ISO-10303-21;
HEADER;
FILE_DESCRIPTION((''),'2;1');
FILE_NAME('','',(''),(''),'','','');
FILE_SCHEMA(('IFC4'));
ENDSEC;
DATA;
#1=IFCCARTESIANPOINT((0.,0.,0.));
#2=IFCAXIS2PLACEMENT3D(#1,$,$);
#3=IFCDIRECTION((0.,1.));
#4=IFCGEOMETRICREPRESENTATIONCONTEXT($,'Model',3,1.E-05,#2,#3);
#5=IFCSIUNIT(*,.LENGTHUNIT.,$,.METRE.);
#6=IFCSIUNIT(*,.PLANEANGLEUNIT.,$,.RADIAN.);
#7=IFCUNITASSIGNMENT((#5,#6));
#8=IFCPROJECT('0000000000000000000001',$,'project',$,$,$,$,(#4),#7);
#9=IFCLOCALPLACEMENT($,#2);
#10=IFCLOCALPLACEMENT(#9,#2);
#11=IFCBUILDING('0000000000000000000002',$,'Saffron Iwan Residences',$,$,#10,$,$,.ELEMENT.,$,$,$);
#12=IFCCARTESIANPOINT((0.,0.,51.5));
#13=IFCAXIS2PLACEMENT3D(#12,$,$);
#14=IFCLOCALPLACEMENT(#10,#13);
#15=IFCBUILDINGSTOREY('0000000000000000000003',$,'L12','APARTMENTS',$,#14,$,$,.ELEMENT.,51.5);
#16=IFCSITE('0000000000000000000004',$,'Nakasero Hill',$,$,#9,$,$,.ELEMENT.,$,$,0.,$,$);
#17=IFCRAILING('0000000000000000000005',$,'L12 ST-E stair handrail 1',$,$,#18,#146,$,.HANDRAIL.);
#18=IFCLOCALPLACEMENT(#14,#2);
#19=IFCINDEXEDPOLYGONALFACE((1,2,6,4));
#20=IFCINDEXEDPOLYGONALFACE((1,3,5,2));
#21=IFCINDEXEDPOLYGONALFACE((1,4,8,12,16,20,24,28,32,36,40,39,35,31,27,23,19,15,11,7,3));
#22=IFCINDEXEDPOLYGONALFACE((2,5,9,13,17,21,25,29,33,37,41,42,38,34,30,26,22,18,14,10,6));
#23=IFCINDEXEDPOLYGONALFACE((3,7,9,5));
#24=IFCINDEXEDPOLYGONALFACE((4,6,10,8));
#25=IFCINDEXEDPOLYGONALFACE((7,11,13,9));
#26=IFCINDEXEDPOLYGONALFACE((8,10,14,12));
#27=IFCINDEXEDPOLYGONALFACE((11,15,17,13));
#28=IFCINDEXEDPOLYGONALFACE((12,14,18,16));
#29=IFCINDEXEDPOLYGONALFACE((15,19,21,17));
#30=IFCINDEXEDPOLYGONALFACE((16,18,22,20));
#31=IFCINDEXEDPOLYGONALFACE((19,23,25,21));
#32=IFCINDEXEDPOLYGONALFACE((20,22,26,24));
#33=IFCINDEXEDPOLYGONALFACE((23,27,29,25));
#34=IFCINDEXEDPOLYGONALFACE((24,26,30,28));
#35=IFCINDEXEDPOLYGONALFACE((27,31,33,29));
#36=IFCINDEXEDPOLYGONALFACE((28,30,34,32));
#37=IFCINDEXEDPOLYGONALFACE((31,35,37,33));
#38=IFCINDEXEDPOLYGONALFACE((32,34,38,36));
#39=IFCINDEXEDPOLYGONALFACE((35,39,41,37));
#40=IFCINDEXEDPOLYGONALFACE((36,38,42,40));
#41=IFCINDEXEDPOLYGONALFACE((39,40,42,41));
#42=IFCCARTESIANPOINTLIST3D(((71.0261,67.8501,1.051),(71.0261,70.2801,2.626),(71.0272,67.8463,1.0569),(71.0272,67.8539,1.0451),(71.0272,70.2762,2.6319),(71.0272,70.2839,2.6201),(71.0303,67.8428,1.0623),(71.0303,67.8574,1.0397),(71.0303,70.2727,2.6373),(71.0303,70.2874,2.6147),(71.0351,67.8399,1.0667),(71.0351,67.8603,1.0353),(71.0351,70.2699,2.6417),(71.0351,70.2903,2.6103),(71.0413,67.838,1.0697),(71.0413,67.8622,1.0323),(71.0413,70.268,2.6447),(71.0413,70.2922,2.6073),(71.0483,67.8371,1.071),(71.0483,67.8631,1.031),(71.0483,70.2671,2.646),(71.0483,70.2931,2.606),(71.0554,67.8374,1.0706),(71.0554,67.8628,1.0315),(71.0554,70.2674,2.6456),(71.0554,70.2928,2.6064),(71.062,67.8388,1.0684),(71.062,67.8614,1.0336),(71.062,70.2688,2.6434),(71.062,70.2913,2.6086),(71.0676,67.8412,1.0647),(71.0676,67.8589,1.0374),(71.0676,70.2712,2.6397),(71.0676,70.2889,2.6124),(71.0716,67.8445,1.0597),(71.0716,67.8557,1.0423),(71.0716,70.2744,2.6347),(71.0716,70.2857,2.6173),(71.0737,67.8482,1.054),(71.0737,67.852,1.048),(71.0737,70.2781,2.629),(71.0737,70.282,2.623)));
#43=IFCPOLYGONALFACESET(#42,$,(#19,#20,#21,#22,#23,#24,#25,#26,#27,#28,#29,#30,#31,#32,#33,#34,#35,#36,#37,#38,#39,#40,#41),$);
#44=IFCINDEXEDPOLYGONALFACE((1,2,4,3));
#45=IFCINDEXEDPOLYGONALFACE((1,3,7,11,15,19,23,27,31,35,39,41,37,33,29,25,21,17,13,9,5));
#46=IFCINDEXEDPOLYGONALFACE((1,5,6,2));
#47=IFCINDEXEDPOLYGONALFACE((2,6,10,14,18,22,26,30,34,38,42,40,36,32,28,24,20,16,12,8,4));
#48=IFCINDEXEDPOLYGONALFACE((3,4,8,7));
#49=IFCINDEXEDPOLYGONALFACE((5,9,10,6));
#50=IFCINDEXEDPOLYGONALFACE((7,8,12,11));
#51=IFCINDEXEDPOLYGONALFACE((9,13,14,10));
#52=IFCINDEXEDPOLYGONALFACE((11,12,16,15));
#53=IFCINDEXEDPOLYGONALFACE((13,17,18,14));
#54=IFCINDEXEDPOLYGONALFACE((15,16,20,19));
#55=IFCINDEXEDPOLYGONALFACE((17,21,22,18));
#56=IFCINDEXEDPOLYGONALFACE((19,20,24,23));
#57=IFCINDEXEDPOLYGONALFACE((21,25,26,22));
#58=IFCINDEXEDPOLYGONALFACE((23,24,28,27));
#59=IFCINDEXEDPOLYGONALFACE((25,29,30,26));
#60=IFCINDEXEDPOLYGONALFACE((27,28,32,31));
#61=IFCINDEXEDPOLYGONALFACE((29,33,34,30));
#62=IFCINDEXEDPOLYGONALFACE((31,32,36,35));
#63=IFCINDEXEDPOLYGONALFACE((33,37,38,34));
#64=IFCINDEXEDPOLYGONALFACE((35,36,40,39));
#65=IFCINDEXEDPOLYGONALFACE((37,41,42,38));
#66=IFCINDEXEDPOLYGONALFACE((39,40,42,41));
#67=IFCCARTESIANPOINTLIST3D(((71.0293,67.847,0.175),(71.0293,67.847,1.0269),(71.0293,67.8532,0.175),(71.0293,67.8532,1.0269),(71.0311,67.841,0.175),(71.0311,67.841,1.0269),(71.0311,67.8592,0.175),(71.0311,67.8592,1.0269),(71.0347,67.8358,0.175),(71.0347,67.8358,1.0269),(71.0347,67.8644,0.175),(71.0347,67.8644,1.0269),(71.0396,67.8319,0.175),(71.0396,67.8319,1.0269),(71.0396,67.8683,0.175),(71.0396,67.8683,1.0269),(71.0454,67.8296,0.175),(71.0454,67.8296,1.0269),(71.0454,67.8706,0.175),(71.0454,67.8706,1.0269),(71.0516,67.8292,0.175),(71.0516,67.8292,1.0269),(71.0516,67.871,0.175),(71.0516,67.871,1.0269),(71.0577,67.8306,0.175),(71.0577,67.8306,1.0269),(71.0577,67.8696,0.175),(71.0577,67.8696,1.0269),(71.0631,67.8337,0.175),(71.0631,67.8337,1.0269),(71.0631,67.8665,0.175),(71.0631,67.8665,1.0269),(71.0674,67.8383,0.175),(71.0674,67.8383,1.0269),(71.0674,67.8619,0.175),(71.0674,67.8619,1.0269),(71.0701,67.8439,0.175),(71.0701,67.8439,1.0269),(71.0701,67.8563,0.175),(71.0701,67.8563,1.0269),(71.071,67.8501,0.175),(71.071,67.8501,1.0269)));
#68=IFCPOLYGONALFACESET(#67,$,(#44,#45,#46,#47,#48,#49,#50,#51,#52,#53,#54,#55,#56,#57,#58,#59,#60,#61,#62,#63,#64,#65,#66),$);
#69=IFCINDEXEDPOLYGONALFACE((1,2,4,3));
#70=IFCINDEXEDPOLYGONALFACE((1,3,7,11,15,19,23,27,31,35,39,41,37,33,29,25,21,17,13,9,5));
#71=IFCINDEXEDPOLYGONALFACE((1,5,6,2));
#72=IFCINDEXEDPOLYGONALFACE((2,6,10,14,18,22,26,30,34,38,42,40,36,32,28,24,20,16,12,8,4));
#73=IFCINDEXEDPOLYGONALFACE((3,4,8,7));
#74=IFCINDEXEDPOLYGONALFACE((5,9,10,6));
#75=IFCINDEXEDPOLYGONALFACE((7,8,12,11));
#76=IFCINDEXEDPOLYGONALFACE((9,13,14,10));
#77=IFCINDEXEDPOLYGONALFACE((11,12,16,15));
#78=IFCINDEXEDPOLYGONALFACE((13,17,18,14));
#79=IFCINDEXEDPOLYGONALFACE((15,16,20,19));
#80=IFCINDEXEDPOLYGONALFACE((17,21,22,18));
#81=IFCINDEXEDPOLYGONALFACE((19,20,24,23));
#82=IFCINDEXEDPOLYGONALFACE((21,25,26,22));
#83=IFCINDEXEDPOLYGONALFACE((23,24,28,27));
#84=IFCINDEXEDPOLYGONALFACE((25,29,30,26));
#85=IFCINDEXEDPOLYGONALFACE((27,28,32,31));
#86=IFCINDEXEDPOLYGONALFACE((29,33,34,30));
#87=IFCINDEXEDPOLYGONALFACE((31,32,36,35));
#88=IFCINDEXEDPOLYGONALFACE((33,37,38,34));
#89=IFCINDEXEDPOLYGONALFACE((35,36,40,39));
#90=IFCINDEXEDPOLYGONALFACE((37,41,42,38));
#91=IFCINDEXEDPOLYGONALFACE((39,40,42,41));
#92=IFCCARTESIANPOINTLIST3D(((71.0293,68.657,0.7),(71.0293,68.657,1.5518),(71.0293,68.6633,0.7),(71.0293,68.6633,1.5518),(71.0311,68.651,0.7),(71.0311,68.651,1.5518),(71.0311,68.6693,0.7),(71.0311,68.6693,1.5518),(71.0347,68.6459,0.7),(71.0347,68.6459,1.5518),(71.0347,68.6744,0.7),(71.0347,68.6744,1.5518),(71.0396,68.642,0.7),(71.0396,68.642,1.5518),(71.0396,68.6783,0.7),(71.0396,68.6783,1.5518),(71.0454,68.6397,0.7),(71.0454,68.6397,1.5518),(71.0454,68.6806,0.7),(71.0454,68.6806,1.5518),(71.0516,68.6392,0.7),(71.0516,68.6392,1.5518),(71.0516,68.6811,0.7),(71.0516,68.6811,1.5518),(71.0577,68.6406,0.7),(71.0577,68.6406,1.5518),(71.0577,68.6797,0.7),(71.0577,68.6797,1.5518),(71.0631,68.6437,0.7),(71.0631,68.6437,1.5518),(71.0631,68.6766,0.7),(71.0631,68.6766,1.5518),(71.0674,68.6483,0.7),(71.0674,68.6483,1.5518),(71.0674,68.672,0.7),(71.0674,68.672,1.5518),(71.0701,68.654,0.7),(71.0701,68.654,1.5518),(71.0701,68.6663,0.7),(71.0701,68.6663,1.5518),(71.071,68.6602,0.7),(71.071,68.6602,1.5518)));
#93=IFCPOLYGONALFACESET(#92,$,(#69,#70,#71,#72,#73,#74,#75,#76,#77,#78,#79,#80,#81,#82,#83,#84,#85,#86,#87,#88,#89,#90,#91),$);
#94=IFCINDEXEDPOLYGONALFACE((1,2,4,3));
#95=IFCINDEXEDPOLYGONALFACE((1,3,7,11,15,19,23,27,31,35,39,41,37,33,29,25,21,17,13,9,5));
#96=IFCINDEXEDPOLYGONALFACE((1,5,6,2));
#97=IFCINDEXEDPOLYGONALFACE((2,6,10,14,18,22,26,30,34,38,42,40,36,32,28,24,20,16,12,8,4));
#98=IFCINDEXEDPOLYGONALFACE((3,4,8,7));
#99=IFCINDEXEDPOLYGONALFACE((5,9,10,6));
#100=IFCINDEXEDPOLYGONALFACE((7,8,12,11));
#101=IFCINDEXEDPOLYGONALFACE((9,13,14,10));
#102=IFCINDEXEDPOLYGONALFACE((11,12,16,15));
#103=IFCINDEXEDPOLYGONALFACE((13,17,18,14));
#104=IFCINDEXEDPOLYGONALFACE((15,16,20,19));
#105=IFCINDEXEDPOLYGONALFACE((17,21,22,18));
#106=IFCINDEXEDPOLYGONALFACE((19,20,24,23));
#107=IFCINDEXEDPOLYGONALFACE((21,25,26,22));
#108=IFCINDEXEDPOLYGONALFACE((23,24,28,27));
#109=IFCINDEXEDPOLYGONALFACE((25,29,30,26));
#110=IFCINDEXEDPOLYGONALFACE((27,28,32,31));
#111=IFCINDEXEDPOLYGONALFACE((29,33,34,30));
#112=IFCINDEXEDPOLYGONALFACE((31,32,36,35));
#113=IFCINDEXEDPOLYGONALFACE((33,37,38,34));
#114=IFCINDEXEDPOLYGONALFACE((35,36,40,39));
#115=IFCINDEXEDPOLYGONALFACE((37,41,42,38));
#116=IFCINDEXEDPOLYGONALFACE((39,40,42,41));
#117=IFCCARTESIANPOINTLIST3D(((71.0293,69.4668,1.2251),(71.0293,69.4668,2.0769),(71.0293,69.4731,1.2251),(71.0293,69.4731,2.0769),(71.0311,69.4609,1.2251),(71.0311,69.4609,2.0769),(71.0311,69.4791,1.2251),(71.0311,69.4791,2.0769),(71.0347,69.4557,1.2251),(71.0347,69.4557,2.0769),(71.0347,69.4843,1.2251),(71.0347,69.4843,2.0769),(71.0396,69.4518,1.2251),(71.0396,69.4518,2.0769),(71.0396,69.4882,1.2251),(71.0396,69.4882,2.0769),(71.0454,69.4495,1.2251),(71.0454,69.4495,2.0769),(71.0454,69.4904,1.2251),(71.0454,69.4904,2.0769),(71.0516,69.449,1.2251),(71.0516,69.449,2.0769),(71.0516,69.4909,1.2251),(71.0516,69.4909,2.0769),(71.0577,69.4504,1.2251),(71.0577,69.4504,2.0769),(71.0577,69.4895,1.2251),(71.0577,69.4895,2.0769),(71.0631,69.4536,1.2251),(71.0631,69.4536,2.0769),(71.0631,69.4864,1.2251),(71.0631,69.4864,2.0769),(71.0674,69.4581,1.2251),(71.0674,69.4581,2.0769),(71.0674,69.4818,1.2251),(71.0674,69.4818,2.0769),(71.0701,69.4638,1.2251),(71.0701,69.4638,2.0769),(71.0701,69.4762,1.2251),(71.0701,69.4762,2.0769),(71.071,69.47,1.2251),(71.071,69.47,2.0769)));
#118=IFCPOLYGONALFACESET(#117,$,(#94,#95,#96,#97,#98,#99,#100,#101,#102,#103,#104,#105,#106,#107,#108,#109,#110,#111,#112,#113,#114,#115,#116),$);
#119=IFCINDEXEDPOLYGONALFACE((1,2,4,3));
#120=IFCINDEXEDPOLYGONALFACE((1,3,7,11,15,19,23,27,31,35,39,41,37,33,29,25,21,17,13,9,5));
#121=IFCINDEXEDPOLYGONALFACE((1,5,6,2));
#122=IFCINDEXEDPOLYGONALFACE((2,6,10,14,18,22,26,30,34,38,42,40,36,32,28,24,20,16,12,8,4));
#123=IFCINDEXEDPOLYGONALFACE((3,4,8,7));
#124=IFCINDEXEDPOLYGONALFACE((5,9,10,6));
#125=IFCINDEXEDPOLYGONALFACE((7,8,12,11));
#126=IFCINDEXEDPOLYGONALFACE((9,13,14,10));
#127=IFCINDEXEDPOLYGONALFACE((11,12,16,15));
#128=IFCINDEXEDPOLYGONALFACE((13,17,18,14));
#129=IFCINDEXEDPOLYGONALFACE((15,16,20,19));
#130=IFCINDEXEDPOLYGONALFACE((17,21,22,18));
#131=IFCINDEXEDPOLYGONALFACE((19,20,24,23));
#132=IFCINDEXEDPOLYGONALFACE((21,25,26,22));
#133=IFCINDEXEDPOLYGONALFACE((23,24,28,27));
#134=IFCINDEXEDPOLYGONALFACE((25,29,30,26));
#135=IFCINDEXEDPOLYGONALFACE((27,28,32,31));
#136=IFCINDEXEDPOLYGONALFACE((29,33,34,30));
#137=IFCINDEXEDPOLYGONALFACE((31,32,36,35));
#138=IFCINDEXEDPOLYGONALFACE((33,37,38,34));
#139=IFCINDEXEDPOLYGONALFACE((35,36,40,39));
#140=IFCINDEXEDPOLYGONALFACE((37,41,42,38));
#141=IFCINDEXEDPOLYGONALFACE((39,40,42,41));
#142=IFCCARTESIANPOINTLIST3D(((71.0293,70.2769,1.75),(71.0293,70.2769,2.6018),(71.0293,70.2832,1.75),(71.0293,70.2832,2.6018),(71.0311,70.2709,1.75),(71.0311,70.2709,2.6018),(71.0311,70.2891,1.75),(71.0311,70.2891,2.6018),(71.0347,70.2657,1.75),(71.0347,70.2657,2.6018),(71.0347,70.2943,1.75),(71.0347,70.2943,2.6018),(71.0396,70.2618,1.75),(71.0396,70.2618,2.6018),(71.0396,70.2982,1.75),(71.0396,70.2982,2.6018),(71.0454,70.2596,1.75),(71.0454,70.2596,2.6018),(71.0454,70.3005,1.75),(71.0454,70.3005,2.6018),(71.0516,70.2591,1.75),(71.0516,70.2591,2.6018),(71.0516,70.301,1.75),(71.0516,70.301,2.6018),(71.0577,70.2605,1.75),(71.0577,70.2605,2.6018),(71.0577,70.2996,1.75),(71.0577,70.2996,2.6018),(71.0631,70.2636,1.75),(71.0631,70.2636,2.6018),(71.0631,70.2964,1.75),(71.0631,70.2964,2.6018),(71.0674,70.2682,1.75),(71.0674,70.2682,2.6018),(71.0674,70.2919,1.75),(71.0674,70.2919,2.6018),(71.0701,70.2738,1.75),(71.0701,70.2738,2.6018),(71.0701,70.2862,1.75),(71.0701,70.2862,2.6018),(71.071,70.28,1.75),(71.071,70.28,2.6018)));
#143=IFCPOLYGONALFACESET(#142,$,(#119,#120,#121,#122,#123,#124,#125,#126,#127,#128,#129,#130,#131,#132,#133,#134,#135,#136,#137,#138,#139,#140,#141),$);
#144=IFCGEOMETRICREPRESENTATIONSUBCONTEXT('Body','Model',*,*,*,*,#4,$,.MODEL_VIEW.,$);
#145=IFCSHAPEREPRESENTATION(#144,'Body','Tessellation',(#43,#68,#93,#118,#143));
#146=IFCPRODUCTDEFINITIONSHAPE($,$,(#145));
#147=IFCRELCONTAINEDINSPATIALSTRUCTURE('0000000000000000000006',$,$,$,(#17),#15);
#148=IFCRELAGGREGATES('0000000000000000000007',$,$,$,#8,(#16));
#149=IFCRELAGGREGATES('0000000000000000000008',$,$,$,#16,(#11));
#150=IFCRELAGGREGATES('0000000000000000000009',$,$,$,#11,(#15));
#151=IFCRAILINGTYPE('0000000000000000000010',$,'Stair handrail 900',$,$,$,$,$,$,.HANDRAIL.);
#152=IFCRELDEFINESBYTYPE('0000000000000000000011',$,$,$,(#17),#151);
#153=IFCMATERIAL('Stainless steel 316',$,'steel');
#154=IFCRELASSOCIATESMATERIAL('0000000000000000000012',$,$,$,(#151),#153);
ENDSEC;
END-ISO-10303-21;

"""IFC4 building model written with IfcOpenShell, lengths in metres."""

from ifc_helpers import new_model, si_unit, direction, frame, origin, origin_2d, place, context, subcontext, project, spatial, circle, extrude, material, type_object, element, save


model = new_model("IFC4")

# Units and contexts
model_context = context("Model", 3, precision=1e-05, world=origin(), true_north=direction((0.0, 1.0)))
body_context = subcontext(model_context, "Body", "Model", "MODEL_VIEW")
ifc_project = project(units=[si_unit("LENGTHUNIT", "METRE"), si_unit("PLANEANGLEUNIT", "RADIAN")], contexts=[model_context])

# Site, building, storey
site_placement = place(None, origin())
site = spatial("IfcSite", under=ifc_project, at=site_placement, Name="Nakasero Hill", CompositionType="ELEMENT", RefElevation=0.0)
building_placement = place(site_placement, origin())
building = spatial("IfcBuilding", under=site, at=building_placement, Name="Saffron Iwan Residences", CompositionType="ELEMENT")
storey_placement = place(building_placement, frame((0.0, 0.0, 51.5)))
storey = spatial("IfcBuildingStorey", under=building, at=storey_placement, Name="L12", Description="APARTMENTS", CompositionType="ELEMENT", Elevation=51.5)

# Railing
ifc_material_1 = material(Name="Stainless steel 316", Category="steel")
railing_type_1 = type_object("IfcRailingType", Name="Stair handrail 900", PredefinedType="HANDRAIL", material=ifc_material_1)
railing_1_placement = place(storey_placement, frame((71.05, 67.8501, 0.175)))
element("IfcRailing", 1, at=railing_1_placement, inside=storey, type_object=railing_type_1, Name="L12 ST-E stair handrail 1", PredefinedType="HANDRAIL", context=body_context, shape_type="SweptSolid", body=[
    extrude(circle(Radius=0.0239, at=origin_2d()), frame((0.0, 0.0, 0.876), z_axis=(0.0, 0.839154, 0.543894), x_axis=(-1.0, 0.0, 0.0)), (0.0, 0.0, 1.0), 2.8958),
    extrude(circle(Radius=0.021, at=origin_2d()), origin(), (0.0, 0.0, 1.0), 0.8518),
    extrude(circle(Radius=0.021, at=origin_2d()), frame((0.0, 0.8101, 0.5249)), (0.0, 0.0, 1.0), 0.8518),
    extrude(circle(Radius=0.021, at=origin_2d()), frame((0.0, 1.6199, 1.05)), (0.0, 0.0, 1.0), 0.8518),
    extrude(circle(Radius=0.021, at=origin_2d()), frame((0.0, 2.4299, 1.575)), (0.0, 0.0, 1.0), 0.8518),
])

save(model, "model.ifc")
